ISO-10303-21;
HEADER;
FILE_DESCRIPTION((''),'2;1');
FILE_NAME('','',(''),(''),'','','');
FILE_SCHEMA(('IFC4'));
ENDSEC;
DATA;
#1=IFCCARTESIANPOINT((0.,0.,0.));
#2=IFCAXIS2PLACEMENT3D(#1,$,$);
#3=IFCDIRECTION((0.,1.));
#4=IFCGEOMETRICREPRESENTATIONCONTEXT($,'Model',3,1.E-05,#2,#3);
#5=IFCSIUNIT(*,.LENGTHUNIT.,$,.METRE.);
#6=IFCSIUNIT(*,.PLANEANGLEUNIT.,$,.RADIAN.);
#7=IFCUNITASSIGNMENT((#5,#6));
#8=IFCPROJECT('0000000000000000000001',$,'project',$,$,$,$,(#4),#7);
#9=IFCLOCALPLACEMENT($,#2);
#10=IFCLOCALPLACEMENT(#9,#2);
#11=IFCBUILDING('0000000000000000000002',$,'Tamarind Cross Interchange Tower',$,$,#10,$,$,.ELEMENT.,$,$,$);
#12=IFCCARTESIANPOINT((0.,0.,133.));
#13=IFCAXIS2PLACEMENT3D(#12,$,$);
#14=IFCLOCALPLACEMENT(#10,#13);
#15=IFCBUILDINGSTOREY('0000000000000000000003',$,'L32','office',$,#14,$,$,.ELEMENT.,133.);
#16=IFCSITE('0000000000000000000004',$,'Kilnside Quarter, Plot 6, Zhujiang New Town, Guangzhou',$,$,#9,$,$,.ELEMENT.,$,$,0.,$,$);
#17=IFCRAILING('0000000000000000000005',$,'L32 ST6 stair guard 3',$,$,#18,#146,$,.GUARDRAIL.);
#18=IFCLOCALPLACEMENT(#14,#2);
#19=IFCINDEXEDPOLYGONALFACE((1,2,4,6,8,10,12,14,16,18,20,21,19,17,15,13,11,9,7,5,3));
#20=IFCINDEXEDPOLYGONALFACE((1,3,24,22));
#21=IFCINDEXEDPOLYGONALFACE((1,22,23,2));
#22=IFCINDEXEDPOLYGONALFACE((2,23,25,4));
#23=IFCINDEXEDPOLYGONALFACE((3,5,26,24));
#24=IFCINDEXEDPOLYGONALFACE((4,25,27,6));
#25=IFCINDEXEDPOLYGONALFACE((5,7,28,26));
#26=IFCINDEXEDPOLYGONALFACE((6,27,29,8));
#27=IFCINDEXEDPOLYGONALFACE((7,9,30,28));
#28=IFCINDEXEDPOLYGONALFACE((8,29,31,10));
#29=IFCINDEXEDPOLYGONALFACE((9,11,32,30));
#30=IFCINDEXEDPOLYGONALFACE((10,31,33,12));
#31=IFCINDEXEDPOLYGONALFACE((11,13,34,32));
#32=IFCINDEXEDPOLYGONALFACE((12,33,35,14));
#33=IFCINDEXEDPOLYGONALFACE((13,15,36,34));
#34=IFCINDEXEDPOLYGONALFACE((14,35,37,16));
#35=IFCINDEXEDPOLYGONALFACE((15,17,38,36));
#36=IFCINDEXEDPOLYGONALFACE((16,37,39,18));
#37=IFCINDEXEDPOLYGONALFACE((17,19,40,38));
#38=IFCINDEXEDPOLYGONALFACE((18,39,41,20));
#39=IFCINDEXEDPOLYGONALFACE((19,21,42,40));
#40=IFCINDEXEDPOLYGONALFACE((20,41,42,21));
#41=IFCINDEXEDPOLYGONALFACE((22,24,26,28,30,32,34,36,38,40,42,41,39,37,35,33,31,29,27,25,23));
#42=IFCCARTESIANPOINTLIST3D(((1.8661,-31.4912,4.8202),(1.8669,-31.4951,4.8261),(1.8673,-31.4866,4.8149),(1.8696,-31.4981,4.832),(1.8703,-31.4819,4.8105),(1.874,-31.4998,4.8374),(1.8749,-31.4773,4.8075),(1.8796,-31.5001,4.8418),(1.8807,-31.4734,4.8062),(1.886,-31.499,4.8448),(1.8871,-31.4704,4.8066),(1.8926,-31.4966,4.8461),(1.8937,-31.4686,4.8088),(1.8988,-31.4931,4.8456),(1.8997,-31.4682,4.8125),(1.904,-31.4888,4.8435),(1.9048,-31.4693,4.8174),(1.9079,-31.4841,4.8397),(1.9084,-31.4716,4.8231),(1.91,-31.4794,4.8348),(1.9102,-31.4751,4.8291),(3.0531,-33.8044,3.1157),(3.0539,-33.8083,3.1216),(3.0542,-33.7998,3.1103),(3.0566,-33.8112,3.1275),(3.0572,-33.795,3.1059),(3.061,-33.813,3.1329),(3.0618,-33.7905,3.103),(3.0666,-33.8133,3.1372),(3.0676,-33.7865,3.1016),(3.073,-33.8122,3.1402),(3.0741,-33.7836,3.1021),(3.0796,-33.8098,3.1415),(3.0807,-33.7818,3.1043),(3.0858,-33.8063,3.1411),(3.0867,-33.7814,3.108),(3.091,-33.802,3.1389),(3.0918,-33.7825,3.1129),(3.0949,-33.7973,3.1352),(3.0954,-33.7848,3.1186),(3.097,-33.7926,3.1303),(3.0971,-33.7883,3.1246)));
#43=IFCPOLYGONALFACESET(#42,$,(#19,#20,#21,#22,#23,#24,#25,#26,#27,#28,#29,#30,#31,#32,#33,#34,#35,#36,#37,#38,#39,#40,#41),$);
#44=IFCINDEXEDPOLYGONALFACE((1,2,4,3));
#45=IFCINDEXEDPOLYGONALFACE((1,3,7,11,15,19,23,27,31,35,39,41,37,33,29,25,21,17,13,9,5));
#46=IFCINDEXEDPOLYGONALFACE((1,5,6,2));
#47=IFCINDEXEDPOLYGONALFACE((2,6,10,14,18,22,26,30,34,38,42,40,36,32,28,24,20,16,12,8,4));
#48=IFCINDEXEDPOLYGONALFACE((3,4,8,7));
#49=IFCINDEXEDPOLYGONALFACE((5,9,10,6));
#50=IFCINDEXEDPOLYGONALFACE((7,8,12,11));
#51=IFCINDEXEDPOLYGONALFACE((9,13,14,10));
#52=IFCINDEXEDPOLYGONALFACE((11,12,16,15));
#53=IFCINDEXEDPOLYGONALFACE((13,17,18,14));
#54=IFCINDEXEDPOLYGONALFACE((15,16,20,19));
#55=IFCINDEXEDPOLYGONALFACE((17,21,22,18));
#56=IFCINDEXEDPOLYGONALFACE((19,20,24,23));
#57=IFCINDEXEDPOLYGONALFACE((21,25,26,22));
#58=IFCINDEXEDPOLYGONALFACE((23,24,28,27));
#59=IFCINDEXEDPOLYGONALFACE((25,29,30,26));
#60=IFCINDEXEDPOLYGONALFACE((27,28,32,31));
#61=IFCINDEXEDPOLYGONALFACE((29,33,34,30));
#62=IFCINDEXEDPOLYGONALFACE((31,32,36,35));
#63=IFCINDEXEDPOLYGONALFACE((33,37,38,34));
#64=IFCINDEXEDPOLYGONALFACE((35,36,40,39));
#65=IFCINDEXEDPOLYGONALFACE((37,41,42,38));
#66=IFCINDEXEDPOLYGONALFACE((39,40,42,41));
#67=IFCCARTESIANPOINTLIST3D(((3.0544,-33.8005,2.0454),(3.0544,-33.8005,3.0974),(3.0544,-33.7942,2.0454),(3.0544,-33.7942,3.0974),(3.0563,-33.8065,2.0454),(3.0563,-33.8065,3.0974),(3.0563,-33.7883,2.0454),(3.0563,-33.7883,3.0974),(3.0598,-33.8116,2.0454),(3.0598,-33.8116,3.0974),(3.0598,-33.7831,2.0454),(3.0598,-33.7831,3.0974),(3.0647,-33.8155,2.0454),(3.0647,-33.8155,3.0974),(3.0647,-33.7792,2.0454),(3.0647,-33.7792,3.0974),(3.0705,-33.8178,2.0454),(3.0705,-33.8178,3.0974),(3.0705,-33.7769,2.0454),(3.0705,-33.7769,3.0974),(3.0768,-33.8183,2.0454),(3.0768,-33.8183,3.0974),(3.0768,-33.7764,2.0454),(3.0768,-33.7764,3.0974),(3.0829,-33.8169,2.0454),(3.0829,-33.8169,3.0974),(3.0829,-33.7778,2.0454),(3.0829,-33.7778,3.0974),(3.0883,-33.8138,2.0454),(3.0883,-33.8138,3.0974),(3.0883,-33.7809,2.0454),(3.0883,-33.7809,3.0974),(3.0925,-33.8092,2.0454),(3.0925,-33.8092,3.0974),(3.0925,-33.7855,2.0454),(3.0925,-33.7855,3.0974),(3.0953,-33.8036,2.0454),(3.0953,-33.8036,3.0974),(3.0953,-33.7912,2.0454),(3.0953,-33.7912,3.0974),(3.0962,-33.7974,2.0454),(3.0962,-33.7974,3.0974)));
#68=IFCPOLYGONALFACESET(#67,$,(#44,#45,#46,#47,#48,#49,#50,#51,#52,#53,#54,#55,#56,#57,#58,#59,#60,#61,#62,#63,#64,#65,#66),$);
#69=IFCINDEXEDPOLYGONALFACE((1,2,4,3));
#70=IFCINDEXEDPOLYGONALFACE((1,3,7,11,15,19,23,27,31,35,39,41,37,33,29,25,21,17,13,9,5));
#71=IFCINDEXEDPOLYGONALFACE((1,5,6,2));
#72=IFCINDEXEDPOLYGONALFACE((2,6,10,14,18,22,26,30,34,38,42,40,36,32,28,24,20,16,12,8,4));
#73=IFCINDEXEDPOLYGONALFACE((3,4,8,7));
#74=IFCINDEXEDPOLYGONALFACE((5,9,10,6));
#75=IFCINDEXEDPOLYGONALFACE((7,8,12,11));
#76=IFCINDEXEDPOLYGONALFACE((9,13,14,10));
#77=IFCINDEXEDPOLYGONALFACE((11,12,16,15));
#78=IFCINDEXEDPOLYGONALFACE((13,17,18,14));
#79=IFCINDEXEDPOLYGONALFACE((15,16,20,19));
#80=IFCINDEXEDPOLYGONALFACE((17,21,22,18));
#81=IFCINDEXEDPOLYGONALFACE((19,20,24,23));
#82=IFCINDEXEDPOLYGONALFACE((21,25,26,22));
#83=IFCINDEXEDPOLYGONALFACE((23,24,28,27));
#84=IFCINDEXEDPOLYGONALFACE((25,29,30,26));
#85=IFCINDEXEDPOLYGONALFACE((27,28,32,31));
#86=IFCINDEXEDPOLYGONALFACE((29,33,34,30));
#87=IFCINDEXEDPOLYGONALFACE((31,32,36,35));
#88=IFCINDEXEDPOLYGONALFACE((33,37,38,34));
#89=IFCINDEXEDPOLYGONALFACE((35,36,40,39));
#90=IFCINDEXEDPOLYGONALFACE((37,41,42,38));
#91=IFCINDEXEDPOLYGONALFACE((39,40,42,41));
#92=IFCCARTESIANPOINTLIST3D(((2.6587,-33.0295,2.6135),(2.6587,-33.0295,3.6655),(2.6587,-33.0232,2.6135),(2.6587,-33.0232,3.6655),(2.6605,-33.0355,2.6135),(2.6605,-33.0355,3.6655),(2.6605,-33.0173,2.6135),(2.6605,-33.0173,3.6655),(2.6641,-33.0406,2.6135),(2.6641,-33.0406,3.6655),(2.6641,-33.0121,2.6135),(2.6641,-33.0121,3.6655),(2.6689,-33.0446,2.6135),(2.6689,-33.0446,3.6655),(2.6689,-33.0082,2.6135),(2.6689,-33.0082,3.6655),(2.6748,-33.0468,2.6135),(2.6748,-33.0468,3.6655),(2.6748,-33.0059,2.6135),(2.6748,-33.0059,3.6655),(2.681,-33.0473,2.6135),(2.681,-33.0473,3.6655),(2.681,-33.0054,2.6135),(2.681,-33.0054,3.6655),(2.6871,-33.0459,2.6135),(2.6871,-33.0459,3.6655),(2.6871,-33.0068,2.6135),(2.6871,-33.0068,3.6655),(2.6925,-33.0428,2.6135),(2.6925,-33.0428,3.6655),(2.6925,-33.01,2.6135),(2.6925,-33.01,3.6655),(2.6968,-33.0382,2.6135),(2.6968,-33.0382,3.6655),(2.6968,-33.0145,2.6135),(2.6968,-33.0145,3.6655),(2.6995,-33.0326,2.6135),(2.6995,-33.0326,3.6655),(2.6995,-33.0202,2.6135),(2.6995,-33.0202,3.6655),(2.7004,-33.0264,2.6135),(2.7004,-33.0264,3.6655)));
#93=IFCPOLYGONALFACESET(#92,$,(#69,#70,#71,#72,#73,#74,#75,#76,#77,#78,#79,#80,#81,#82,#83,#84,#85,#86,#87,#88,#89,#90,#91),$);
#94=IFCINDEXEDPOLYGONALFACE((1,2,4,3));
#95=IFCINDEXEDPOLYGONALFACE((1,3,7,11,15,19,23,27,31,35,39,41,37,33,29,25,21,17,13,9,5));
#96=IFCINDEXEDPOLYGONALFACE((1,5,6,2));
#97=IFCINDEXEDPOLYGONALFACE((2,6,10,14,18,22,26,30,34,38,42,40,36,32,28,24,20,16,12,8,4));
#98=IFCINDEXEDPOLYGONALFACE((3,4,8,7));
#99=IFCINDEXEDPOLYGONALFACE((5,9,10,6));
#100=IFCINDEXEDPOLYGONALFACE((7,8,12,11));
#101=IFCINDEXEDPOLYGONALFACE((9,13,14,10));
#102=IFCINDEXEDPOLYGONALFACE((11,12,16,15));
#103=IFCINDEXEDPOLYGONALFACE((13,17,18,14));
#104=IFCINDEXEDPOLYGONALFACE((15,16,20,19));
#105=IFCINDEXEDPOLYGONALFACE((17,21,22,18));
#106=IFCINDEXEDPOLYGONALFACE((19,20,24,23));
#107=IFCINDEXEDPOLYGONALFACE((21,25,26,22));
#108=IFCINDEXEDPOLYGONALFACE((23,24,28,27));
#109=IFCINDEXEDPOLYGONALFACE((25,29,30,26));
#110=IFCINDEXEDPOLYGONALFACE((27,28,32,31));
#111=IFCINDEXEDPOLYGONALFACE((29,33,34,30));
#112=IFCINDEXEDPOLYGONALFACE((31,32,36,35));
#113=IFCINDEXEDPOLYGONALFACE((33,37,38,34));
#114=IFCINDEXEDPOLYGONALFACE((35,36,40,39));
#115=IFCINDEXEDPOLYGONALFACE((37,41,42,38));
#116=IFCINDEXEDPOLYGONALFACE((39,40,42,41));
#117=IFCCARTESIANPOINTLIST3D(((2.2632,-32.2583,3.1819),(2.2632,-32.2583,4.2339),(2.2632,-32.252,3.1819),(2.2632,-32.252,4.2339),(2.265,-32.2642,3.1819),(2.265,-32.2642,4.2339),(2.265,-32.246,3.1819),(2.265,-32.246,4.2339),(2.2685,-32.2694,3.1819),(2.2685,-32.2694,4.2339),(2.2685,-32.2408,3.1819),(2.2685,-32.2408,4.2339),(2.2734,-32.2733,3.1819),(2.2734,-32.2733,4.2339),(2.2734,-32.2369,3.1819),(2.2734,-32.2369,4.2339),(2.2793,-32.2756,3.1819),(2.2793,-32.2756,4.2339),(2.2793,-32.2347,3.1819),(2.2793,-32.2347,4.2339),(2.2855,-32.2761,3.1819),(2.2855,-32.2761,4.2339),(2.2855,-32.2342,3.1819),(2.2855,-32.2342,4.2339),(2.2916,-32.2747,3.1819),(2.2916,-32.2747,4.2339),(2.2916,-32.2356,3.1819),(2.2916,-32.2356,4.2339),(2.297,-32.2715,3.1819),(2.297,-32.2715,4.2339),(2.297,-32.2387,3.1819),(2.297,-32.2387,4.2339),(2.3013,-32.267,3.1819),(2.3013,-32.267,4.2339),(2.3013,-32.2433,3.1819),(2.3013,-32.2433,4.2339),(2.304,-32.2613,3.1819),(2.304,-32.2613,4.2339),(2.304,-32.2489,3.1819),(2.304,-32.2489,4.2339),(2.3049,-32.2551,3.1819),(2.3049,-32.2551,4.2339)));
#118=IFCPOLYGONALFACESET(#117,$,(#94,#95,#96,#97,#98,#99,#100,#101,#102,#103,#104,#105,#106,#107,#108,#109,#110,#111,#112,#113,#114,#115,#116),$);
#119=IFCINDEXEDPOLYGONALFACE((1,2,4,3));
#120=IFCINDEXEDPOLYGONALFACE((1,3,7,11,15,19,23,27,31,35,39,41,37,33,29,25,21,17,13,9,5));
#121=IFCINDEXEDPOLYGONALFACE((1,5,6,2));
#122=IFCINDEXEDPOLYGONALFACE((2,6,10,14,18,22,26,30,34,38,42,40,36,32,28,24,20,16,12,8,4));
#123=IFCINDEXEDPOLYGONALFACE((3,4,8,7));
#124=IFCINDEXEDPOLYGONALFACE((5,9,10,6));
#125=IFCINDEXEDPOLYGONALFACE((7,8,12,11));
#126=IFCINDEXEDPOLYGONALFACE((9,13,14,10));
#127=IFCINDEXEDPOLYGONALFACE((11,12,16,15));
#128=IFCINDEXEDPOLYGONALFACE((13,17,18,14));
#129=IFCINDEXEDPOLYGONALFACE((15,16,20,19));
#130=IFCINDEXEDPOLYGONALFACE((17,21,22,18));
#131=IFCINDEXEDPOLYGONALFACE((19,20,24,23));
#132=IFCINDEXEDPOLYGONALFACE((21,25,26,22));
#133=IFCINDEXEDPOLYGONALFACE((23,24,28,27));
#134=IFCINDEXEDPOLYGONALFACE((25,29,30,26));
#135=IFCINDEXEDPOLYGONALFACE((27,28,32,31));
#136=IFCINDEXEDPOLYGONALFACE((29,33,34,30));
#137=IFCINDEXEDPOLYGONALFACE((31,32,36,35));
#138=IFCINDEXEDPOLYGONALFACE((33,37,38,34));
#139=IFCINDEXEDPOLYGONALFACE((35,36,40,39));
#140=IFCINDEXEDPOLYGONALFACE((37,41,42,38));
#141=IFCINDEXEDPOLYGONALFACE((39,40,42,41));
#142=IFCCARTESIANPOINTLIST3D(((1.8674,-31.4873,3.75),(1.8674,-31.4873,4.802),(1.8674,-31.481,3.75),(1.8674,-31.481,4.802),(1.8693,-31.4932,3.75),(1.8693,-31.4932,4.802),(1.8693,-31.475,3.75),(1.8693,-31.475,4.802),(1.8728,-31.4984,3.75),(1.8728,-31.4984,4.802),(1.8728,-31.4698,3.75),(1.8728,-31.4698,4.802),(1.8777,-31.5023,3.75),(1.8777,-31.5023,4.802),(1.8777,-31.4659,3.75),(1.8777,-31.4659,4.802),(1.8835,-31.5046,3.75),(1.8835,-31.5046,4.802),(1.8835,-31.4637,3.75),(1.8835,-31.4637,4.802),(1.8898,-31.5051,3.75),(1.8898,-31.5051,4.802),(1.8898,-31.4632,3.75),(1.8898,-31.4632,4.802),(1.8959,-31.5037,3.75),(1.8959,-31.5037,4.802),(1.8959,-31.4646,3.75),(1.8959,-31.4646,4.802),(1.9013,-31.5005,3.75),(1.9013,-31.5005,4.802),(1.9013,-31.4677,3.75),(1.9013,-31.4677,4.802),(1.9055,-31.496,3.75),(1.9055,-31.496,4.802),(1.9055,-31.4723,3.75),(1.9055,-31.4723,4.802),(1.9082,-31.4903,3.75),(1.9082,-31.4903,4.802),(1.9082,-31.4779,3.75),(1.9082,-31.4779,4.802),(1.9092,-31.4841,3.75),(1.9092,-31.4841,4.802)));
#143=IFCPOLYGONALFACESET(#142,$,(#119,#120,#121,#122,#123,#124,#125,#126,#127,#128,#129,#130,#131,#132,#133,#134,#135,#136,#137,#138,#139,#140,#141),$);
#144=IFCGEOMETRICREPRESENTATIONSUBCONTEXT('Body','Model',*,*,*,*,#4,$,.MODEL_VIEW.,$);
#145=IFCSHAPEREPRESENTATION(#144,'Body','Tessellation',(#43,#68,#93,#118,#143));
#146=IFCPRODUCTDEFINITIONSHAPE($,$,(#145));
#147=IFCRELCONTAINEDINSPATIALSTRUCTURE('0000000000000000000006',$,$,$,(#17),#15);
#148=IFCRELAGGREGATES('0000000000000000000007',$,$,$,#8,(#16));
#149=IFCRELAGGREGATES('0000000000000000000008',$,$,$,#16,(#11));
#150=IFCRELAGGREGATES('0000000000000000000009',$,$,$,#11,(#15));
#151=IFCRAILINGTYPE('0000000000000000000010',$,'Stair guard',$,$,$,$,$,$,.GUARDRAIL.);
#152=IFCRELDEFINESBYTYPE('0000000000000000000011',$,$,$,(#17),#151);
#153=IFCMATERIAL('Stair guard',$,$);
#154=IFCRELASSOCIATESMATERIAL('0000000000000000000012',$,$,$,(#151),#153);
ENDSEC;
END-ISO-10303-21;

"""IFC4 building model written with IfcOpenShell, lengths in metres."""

from ifc_helpers import new_model, si_unit, direction, frame, origin, origin_2d, place, context, subcontext, project, spatial, circle, extrude, material, type_object, element, save


model = new_model("IFC4")

# Units and contexts
model_context = context("Model", 3, precision=1e-05, world=origin(), true_north=direction((0.0, 1.0)))
body_context = subcontext(model_context, "Body", "Model", "MODEL_VIEW")
ifc_project = project(units=[si_unit("LENGTHUNIT", "METRE"), si_unit("PLANEANGLEUNIT", "RADIAN")], contexts=[model_context])

# Site, building, storey
site_placement = place(None, origin())
site = spatial("IfcSite", under=ifc_project, at=site_placement, Name="Kilnside Quarter, Plot 6, Zhujiang New Town, Guangzhou", CompositionType="ELEMENT", RefElevation=0.0)
building_placement = place(site_placement, origin())
building = spatial("IfcBuilding", under=site, at=building_placement, Name="Tamarind Cross Interchange Tower", CompositionType="ELEMENT")
storey_placement = place(building_placement, frame((0.0, 0.0, 133.0)))
storey = spatial("IfcBuildingStorey", under=building, at=storey_placement, Name="L32", Description="office", CompositionType="ELEMENT", Elevation=133.0)

# Railing
ifc_material_1 = material(Name="Stair guard")
railing_type_1 = type_object("IfcRailingType", Name="Stair guard", PredefinedType="GUARDRAIL", material=ifc_material_1)
railing_1_placement = place(storey_placement, frame((3.0752, -33.7974, 2.0454)))
element("IfcRailing", 1, at=railing_1_placement, inside=storey, type_object=railing_type_1, Name="L32 ST6 stair guard 3", PredefinedType="GUARDRAIL", context=body_context, shape_type="SweptSolid", body=[
    extrude(circle(Radius=0.0239, at=origin_2d()), frame((0.0, 0.0, 1.0762), z_axis=(-0.381803, 0.744052, 0.548282), x_axis=(-0.889702, -0.456542, 0.0)), (0.0, 0.0, 1.0), 3.1089),
    extrude(circle(Radius=0.021, at=origin_2d()), origin(), (0.0, 0.0, 1.0), 1.052),
    extrude(circle(Radius=0.021, at=origin_2d()), frame((-0.3958, 0.771, 0.5681)), (0.0, 0.0, 1.0), 1.052),
    extrude(circle(Radius=0.021, at=origin_2d()), frame((-0.7913, 1.5422, 1.1365)), (0.0, 0.0, 1.0), 1.052),
    extrude(circle(Radius=0.021, at=origin_2d()), frame((-1.187, 2.3132, 1.7046)), (0.0, 0.0, 1.0), 1.052),
])

save(model, "model.ifc")
